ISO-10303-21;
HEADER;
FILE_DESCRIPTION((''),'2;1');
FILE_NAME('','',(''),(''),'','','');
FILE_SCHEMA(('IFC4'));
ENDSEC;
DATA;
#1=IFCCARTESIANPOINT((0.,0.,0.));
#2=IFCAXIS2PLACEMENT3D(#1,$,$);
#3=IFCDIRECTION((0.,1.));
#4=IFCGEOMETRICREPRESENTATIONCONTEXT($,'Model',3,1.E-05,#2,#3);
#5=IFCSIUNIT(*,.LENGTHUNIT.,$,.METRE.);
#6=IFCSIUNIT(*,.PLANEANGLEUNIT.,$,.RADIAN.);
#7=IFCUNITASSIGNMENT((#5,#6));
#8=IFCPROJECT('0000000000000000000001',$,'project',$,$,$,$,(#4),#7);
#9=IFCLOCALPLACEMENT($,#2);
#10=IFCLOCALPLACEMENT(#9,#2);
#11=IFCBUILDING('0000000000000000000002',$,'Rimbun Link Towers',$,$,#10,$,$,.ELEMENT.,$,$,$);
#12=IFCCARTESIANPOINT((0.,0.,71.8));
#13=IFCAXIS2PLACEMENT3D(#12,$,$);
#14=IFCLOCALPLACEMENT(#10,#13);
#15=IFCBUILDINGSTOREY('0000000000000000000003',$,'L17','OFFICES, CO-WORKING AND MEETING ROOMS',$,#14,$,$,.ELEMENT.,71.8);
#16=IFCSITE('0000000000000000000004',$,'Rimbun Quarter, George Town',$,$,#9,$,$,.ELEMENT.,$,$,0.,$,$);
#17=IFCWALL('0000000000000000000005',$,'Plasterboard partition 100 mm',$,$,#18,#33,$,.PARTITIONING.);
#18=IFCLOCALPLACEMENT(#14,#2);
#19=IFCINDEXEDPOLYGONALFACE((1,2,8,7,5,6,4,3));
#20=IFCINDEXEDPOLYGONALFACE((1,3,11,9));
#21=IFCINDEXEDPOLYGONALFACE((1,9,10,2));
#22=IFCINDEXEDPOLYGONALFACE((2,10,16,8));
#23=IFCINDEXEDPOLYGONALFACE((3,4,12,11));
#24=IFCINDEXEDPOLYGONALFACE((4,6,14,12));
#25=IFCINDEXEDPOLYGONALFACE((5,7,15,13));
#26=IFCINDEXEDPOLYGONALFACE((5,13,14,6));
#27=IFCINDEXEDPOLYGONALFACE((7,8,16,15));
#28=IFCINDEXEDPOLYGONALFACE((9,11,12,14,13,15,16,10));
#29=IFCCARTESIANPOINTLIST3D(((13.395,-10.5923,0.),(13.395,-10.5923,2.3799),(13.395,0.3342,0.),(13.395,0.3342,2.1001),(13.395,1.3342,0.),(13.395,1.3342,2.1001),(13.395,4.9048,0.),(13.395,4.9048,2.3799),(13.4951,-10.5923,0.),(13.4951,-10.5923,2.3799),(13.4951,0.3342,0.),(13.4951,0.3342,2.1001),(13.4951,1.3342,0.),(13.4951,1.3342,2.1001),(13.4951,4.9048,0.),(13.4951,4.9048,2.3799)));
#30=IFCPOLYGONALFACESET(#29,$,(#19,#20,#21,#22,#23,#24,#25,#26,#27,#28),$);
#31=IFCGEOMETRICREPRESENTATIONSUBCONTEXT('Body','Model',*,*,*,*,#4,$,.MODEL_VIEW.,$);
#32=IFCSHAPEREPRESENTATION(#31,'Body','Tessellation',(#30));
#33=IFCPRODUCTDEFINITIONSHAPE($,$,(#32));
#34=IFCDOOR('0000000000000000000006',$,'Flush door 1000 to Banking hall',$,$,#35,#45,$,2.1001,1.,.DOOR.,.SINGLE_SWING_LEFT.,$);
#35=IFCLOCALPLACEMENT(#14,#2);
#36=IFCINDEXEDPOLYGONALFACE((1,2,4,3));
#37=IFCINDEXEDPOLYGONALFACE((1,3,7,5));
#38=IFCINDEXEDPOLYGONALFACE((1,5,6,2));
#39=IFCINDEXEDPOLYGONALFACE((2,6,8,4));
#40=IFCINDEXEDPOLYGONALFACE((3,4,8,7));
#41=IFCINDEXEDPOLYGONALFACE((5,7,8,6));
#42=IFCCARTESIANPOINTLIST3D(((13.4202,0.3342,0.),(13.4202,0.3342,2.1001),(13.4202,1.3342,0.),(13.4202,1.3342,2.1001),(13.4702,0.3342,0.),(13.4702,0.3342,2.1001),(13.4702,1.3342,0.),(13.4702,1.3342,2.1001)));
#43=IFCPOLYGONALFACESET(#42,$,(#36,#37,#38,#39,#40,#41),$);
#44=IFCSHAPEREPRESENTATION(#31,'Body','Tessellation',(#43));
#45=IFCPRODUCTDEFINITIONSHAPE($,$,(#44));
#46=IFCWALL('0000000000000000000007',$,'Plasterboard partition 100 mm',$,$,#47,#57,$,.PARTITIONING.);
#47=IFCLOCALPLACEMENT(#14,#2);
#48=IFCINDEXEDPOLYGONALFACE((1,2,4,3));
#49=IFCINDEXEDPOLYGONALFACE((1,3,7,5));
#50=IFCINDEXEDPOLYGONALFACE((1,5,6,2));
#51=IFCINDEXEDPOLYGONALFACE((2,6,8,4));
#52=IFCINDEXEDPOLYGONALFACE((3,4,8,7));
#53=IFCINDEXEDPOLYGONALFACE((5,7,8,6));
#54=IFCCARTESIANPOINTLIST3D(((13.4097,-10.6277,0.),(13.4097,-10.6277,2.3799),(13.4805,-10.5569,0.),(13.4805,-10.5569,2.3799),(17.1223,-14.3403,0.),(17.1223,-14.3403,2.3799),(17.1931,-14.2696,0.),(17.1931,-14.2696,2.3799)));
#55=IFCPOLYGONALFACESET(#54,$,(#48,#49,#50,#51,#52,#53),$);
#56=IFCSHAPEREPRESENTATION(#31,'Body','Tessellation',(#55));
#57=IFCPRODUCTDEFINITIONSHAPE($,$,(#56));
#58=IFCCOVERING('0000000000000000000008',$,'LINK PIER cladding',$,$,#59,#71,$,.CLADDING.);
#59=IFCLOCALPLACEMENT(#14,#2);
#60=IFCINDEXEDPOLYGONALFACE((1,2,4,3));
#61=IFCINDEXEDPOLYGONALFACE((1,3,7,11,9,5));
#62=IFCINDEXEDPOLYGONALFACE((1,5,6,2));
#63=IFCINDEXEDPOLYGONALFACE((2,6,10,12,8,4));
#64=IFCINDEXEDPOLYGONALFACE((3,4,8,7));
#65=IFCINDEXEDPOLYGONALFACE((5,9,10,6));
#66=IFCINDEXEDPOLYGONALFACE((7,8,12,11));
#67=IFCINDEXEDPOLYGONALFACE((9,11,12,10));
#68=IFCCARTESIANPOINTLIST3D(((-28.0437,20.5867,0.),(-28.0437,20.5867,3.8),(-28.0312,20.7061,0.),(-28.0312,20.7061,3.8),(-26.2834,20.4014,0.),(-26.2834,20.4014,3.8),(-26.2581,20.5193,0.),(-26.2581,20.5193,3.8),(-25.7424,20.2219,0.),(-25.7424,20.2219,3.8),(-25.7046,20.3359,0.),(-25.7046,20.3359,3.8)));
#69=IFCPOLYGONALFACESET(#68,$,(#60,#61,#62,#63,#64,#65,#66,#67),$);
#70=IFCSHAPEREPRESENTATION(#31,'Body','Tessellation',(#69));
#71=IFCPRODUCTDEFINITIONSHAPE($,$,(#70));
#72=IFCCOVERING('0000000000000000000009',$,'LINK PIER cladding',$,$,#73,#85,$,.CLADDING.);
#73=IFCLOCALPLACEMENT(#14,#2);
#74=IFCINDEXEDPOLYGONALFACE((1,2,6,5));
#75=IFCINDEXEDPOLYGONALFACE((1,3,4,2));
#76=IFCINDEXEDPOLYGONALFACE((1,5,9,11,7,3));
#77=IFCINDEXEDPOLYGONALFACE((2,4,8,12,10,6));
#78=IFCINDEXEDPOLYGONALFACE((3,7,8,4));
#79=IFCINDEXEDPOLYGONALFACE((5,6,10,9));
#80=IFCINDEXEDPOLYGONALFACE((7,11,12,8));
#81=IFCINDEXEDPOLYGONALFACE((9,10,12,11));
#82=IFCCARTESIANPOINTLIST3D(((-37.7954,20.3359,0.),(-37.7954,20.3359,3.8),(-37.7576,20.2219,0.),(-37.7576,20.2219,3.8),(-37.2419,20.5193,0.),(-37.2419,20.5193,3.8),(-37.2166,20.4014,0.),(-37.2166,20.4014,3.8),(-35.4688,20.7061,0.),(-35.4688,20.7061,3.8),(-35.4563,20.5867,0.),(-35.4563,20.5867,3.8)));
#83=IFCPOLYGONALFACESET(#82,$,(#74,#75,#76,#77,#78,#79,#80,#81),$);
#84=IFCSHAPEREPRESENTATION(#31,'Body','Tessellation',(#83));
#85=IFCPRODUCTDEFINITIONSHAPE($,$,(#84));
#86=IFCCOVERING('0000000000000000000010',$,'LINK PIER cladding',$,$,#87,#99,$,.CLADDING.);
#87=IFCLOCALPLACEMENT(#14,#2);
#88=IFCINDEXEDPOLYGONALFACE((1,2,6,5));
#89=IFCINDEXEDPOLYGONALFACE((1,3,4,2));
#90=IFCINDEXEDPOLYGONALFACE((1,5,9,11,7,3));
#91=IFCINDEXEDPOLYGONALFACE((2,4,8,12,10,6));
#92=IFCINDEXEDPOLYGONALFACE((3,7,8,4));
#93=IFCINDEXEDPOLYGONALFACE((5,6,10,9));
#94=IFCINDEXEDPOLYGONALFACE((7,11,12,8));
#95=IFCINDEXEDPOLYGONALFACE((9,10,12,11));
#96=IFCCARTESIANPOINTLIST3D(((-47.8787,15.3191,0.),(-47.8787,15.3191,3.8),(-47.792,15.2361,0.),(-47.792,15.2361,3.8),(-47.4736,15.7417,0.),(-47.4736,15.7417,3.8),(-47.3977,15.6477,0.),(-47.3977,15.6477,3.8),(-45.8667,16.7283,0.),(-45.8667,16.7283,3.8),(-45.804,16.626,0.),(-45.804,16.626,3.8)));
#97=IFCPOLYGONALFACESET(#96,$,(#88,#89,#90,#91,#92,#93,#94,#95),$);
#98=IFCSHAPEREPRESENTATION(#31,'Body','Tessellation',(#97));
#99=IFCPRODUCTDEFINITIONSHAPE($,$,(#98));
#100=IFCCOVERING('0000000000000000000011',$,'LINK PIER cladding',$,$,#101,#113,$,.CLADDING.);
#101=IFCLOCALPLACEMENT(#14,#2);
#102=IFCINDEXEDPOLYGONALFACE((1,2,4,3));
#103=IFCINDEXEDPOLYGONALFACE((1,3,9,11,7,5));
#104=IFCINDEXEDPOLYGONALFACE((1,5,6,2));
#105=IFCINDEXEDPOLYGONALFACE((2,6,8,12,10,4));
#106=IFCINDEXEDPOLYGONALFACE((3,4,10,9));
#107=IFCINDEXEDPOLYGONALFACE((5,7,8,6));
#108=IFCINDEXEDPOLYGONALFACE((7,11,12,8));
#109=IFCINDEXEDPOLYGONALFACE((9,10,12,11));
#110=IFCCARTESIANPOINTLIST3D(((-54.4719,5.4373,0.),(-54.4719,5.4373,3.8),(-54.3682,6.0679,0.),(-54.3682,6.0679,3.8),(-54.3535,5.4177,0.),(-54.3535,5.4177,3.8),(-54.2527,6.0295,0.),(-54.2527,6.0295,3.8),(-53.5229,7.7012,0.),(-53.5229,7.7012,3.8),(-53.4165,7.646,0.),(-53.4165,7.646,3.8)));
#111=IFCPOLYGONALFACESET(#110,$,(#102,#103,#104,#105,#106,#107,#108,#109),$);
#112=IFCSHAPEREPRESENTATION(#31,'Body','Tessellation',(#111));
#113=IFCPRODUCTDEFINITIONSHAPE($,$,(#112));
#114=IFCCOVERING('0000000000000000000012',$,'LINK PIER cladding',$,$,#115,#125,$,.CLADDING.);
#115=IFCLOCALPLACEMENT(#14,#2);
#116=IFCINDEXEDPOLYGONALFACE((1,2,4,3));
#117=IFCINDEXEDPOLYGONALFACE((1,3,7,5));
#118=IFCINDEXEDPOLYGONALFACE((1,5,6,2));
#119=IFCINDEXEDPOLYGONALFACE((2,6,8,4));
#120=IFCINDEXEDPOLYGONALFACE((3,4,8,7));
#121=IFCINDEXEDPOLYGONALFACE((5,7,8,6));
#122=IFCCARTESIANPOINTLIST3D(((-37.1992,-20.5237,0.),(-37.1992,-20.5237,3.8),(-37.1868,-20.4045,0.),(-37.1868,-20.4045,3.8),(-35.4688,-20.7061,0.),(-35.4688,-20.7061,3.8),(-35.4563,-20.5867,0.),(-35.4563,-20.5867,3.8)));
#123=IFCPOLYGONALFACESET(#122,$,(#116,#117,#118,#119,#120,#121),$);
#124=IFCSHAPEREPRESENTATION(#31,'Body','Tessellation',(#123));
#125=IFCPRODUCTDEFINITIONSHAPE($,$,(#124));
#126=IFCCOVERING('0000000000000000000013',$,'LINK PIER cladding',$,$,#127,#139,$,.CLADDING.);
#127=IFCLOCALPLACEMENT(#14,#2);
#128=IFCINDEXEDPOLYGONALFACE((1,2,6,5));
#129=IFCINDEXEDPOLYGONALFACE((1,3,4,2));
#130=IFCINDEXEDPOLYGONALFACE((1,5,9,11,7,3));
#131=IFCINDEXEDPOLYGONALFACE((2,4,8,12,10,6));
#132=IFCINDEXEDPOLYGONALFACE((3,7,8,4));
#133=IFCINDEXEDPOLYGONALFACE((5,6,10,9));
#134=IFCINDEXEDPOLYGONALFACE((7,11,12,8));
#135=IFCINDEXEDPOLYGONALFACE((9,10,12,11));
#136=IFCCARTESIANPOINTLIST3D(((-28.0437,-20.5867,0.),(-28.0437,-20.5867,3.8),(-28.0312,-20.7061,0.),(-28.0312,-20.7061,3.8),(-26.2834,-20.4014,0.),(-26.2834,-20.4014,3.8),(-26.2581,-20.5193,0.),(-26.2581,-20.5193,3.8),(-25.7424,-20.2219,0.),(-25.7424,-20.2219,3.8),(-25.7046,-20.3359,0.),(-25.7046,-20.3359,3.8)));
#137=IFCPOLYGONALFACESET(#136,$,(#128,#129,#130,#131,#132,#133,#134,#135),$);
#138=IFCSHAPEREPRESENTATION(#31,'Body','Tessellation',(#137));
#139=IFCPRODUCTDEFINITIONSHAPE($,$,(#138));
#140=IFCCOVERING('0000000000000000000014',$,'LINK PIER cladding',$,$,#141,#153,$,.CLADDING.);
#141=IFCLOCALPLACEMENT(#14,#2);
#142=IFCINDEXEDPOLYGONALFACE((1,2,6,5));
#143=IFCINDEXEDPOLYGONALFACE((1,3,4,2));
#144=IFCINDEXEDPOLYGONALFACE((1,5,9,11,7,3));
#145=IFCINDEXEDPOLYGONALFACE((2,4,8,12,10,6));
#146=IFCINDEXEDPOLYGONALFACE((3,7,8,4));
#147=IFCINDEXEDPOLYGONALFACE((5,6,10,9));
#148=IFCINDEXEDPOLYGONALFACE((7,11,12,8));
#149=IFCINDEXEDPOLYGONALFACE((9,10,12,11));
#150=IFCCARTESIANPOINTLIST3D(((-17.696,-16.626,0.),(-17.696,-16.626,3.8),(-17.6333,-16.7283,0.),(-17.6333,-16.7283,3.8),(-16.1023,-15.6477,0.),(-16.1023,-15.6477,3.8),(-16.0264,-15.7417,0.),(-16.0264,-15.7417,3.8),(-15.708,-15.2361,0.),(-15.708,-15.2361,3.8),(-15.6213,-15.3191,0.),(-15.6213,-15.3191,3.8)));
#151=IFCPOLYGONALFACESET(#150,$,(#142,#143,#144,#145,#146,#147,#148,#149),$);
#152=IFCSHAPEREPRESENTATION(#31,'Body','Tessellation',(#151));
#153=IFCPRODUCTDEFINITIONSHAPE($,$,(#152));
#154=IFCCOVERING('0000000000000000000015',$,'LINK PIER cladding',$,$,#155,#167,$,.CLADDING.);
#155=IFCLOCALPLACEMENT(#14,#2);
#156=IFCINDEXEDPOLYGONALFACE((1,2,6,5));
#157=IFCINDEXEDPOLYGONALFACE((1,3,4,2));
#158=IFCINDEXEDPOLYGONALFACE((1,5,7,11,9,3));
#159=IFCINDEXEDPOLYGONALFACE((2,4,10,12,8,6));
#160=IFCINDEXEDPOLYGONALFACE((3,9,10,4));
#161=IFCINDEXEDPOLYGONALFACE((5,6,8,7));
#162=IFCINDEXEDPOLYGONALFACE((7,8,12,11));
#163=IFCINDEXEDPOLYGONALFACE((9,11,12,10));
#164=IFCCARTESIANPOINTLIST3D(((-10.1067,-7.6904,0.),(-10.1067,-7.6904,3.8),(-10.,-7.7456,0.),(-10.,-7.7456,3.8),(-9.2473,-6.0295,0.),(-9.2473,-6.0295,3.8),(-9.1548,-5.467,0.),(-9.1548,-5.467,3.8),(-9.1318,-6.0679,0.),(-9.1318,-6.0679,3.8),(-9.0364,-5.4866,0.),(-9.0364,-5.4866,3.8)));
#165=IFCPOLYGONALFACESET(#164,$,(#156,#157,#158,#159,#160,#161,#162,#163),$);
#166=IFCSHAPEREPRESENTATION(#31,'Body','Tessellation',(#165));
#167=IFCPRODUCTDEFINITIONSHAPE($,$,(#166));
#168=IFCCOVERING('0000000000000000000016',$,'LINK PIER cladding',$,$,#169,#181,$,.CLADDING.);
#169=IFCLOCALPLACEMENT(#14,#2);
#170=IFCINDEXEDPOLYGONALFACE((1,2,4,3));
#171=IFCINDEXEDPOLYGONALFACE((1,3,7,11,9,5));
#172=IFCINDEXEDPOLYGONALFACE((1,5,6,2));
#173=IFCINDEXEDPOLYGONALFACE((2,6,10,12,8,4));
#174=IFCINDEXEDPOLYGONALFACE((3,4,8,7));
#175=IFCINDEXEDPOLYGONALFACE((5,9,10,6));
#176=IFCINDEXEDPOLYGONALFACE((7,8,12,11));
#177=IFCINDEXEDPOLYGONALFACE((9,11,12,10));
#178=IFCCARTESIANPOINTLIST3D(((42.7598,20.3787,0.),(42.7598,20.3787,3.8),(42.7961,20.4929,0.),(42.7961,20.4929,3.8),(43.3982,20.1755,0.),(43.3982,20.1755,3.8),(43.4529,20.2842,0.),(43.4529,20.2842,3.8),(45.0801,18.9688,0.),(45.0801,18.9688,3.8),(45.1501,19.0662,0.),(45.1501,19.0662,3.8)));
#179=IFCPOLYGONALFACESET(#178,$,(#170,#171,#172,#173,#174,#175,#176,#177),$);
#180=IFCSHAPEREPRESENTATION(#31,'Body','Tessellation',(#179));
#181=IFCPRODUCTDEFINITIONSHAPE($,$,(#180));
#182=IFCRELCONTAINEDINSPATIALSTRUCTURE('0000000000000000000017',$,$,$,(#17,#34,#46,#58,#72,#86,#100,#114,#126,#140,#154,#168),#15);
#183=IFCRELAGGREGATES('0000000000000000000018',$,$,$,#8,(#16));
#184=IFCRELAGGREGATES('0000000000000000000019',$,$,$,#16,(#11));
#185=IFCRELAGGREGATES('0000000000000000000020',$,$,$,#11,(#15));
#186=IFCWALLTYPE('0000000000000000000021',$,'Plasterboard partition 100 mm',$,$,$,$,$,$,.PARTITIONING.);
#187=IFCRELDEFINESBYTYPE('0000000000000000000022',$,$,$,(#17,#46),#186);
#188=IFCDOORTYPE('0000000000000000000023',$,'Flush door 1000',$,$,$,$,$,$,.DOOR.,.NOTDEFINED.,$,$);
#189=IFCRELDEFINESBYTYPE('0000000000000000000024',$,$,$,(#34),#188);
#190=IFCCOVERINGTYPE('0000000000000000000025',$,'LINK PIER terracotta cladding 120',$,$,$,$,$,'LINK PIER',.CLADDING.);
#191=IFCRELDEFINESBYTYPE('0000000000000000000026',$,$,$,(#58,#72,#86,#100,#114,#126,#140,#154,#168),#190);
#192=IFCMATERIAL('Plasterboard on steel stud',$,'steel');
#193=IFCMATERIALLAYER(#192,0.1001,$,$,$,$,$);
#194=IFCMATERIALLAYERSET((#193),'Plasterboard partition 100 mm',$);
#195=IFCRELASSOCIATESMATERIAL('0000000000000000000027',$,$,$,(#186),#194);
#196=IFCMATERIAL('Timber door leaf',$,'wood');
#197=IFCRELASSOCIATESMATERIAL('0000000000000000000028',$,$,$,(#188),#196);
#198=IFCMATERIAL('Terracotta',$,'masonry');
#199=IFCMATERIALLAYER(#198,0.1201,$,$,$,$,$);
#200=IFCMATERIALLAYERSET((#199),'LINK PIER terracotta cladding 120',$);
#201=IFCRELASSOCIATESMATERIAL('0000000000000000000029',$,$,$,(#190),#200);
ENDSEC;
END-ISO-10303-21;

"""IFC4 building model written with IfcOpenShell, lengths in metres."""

from ifc_helpers import new_model, si_unit, direction, frame, frame_2d, origin, place, context, subcontext, project, spatial, polyline, rectangle, outline, extrude, material, layer, layer_set, type_object, element, fill, save


model = new_model("IFC4")

# Units and contexts
model_context = context("Model", 3, precision=1e-05, world=origin(), true_north=direction((0.0, 1.0)))
body_context = subcontext(model_context, "Body", "Model", "MODEL_VIEW")
ifc_project = project(units=[si_unit("LENGTHUNIT", "METRE"), si_unit("PLANEANGLEUNIT", "RADIAN")], contexts=[model_context])

# Site, building, storey
site_placement = place(None, origin())
site = spatial("IfcSite", under=ifc_project, at=site_placement, Name="Rimbun Quarter, George Town", CompositionType="ELEMENT", RefElevation=0.0)
building_placement = place(site_placement, origin())
building = spatial("IfcBuilding", under=site, at=building_placement, Name="Rimbun Link Towers", CompositionType="ELEMENT")
storey_placement = place(building_placement, frame((0.0, 0.0, 71.8)))
storey = spatial("IfcBuildingStorey", under=building, at=storey_placement, Name="L17", Description="OFFICES, CO-WORKING AND MEETING ROOMS", CompositionType="ELEMENT", Elevation=71.8)

# Wall, opening, door
ifc_material_1 = material(Name="Plasterboard on steel stud", Category="steel")
ifc_layer_1 = layer(ifc_material_1, 0.1001)
ifc_layer_set_1 = layer_set([ifc_layer_1], Name="Plasterboard partition 100 mm")
wall_type = type_object("IfcWallType", Name="Plasterboard partition 100 mm", PredefinedType="PARTITIONING", material=ifc_layer_set_1)
wall_1_placement = place(storey_placement, frame((13.4451, -10.5923, 0.0), z_axis=(0.0, 0.0, 1.0), x_axis=(0.0, 1.0, 0.0)))
wall_1 = element("IfcWall", 1, at=wall_1_placement, inside=storey, type_object=wall_type, Name="Plasterboard partition 100 mm", PredefinedType="PARTITIONING", context=body_context, shape_type="SweptSolid", body=[
    extrude(rectangle(XDim=15.4971, YDim=0.1001, at=frame_2d((7.7485, 0.0))), origin(), (0.0, 0.0, 1.0), 2.3799),
])
opening_placement = place(wall_1_placement, frame((10.9265, 0.0, 0.0)))
opening = element("IfcOpeningElement", 2, at=opening_placement, cuts=wall_1, PredefinedType="OPENING", context=body_context, shape_type="SweptSolid", body=[
    extrude(rectangle(XDim=1.0, YDim=2.1001, at=frame_2d((0.5, 1.05))), frame((0.0, 0.0601, 0.0), z_axis=(0.0, -1.0, 0.0), x_axis=(1.0, 0.0, 0.0)), (0.0, 0.0, 1.0), 0.1201),
])
ifc_material_2 = material(Name="Timber door leaf", Category="wood")
door_type = type_object("IfcDoorType", Name="Flush door 1000", OperationType="NOTDEFINED", PredefinedType="DOOR", material=ifc_material_2)
door_placement = place(opening_placement, origin())
door = element("IfcDoor", 3, at=door_placement, inside=storey, type_object=door_type, Name="Flush door 1000 to Banking hall", OperationType="SINGLE_SWING_LEFT", OverallHeight=2.1001, OverallWidth=1.0, PredefinedType="DOOR", context=body_context, shape_type="SweptSolid", body=[
    extrude(rectangle(XDim=1.0, YDim=2.1001, at=frame_2d((0.5, 1.05))), frame((0.0, 0.0249, 0.0), z_axis=(0.0, -1.0, 0.0), x_axis=(1.0, 0.0, 0.0)), (0.0, 0.0, 1.0), 0.05),
])
fill(opening, door)

# Wall
wall_2_placement = place(storey_placement, frame((13.4451, -10.5923, 0.0), z_axis=(0.0, 0.0, 1.0), x_axis=(0.707107, -0.707107, 0.0)))
element("IfcWall", 4, at=wall_2_placement, inside=storey, type_object=wall_type, Name="Plasterboard partition 100 mm", PredefinedType="PARTITIONING", context=body_context, shape_type="SweptSolid", body=[
    extrude(rectangle(XDim=5.2505, YDim=0.1001, at=frame_2d((2.6252, 0.0))), origin(), (0.0, 0.0, 1.0), 2.3799),
])

# Coverings
ifc_material_3 = material(Name="Terracotta", Category="masonry")
ifc_layer_2 = layer(ifc_material_3, 0.1201)
ifc_layer_set_2 = layer_set([ifc_layer_2], Name="LINK PIER terracotta cladding 120")
covering_type_1 = type_object("IfcCoveringType", Name="LINK PIER terracotta cladding 120", ElementType="LINK PIER", PredefinedType="CLADDING", material=ifc_layer_set_2)
covering_1_placement = place(storey_placement, origin())
element("IfcCovering", 5, at=covering_1_placement, inside=storey, type_object=covering_type_1, Name="LINK PIER cladding", PredefinedType="CLADDING", context=body_context, shape_type="SweptSolid", body=[
    extrude(outline(polyline([(-28.0437, 20.5867), (-26.2834, 20.4014), (-25.7424, 20.2219), (-25.7046, 20.3359), (-26.2581, 20.5193), (-28.0312, 20.7061), (-28.0437, 20.5867)])), origin(), (0.0, 0.0, 1.0), 3.8),
])
covering_2_placement = place(storey_placement, origin())
element("IfcCovering", 6, at=covering_2_placement, inside=storey, type_object=covering_type_1, Name="LINK PIER cladding", PredefinedType="CLADDING", context=body_context, shape_type="SweptSolid", body=[
    extrude(outline(polyline([(-37.7576, 20.2219), (-37.2166, 20.4014), (-35.4563, 20.5867), (-35.4688, 20.7061), (-37.2419, 20.5193), (-37.7954, 20.3359), (-37.7576, 20.2219)])), origin(), (0.0, 0.0, 1.0), 3.8),
])
covering_3_placement = place(storey_placement, origin())
element("IfcCovering", 7, at=covering_3_placement, inside=storey, type_object=covering_type_1, Name="LINK PIER cladding", PredefinedType="CLADDING", context=body_context, shape_type="SweptSolid", body=[
    extrude(outline(polyline([(-47.792, 15.2361), (-47.3977, 15.6477), (-45.804, 16.626), (-45.8667, 16.7283), (-47.4736, 15.7417), (-47.8787, 15.3191), (-47.792, 15.2361)])), origin(), (0.0, 0.0, 1.0), 3.8),
])
covering_4_placement = place(storey_placement, origin())
element("IfcCovering", 8, at=covering_4_placement, inside=storey, type_object=covering_type_1, Name="LINK PIER cladding", PredefinedType="CLADDING", context=body_context, shape_type="SweptSolid", body=[
    extrude(outline(polyline([(-54.3535, 5.4177), (-54.2527, 6.0295), (-53.4165, 7.646), (-53.5229, 7.7012), (-54.3682, 6.0679), (-54.4719, 5.4373), (-54.3535, 5.4177)])), origin(), (0.0, 0.0, 1.0), 3.8),
])
covering_5_placement = place(storey_placement, origin())
element("IfcCovering", 9, at=covering_5_placement, inside=storey, type_object=covering_type_1, Name="LINK PIER cladding", PredefinedType="CLADDING", context=body_context, shape_type="SweptSolid", body=[
    extrude(outline(polyline([(-35.4563, -20.5867), (-37.1868, -20.4045), (-37.1992, -20.5237), (-35.4688, -20.7061), (-35.4563, -20.5867)])), origin(), (0.0, 0.0, 1.0), 3.8),
])
covering_6_placement = place(storey_placement, origin())
element("IfcCovering", 10, at=covering_6_placement, inside=storey, type_object=covering_type_1, Name="LINK PIER cladding", PredefinedType="CLADDING", context=body_context, shape_type="SweptSolid", body=[
    extrude(outline(polyline([(-25.7424, -20.2219), (-26.2834, -20.4014), (-28.0437, -20.5867), (-28.0312, -20.7061), (-26.2581, -20.5193), (-25.7046, -20.3359), (-25.7424, -20.2219)])), origin(), (0.0, 0.0, 1.0), 3.8),
])
covering_7_placement = place(storey_placement, origin())
element("IfcCovering", 11, at=covering_7_placement, inside=storey, type_object=covering_type_1, Name="LINK PIER cladding", PredefinedType="CLADDING", context=body_context, shape_type="SweptSolid", body=[
    extrude(outline(polyline([(-15.708, -15.2361), (-16.1023, -15.6477), (-17.696, -16.626), (-17.6333, -16.7283), (-16.0264, -15.7417), (-15.6213, -15.3191), (-15.708, -15.2361)])), origin(), (0.0, 0.0, 1.0), 3.8),
])
covering_8_placement = place(storey_placement, origin())
element("IfcCovering", 12, at=covering_8_placement, inside=storey, type_object=covering_type_1, Name="LINK PIER cladding", PredefinedType="CLADDING", context=body_context, shape_type="SweptSolid", body=[
    extrude(outline(polyline([(-9.1548, -5.467), (-9.2473, -6.0295), (-10.1067, -7.6904), (-10.0, -7.7456), (-9.1318, -6.0679), (-9.0364, -5.4866), (-9.1548, -5.467)])), origin(), (0.0, 0.0, 1.0), 3.8),
])
covering_9_placement = place(storey_placement, origin())
element("IfcCovering", 13, at=covering_9_placement, inside=storey, type_object=covering_type_1, Name="LINK PIER cladding", PredefinedType="CLADDING", context=body_context, shape_type="SweptSolid", body=[
    extrude(outline(polyline([(42.7598, 20.3787), (43.3982, 20.1755), (45.0801, 18.9688), (45.1501, 19.0662), (43.4529, 20.2842), (42.7961, 20.4929), (42.7598, 20.3787)])), origin(), (0.0, 0.0, 1.0), 3.8),
])

save(model, "model.ifc")
